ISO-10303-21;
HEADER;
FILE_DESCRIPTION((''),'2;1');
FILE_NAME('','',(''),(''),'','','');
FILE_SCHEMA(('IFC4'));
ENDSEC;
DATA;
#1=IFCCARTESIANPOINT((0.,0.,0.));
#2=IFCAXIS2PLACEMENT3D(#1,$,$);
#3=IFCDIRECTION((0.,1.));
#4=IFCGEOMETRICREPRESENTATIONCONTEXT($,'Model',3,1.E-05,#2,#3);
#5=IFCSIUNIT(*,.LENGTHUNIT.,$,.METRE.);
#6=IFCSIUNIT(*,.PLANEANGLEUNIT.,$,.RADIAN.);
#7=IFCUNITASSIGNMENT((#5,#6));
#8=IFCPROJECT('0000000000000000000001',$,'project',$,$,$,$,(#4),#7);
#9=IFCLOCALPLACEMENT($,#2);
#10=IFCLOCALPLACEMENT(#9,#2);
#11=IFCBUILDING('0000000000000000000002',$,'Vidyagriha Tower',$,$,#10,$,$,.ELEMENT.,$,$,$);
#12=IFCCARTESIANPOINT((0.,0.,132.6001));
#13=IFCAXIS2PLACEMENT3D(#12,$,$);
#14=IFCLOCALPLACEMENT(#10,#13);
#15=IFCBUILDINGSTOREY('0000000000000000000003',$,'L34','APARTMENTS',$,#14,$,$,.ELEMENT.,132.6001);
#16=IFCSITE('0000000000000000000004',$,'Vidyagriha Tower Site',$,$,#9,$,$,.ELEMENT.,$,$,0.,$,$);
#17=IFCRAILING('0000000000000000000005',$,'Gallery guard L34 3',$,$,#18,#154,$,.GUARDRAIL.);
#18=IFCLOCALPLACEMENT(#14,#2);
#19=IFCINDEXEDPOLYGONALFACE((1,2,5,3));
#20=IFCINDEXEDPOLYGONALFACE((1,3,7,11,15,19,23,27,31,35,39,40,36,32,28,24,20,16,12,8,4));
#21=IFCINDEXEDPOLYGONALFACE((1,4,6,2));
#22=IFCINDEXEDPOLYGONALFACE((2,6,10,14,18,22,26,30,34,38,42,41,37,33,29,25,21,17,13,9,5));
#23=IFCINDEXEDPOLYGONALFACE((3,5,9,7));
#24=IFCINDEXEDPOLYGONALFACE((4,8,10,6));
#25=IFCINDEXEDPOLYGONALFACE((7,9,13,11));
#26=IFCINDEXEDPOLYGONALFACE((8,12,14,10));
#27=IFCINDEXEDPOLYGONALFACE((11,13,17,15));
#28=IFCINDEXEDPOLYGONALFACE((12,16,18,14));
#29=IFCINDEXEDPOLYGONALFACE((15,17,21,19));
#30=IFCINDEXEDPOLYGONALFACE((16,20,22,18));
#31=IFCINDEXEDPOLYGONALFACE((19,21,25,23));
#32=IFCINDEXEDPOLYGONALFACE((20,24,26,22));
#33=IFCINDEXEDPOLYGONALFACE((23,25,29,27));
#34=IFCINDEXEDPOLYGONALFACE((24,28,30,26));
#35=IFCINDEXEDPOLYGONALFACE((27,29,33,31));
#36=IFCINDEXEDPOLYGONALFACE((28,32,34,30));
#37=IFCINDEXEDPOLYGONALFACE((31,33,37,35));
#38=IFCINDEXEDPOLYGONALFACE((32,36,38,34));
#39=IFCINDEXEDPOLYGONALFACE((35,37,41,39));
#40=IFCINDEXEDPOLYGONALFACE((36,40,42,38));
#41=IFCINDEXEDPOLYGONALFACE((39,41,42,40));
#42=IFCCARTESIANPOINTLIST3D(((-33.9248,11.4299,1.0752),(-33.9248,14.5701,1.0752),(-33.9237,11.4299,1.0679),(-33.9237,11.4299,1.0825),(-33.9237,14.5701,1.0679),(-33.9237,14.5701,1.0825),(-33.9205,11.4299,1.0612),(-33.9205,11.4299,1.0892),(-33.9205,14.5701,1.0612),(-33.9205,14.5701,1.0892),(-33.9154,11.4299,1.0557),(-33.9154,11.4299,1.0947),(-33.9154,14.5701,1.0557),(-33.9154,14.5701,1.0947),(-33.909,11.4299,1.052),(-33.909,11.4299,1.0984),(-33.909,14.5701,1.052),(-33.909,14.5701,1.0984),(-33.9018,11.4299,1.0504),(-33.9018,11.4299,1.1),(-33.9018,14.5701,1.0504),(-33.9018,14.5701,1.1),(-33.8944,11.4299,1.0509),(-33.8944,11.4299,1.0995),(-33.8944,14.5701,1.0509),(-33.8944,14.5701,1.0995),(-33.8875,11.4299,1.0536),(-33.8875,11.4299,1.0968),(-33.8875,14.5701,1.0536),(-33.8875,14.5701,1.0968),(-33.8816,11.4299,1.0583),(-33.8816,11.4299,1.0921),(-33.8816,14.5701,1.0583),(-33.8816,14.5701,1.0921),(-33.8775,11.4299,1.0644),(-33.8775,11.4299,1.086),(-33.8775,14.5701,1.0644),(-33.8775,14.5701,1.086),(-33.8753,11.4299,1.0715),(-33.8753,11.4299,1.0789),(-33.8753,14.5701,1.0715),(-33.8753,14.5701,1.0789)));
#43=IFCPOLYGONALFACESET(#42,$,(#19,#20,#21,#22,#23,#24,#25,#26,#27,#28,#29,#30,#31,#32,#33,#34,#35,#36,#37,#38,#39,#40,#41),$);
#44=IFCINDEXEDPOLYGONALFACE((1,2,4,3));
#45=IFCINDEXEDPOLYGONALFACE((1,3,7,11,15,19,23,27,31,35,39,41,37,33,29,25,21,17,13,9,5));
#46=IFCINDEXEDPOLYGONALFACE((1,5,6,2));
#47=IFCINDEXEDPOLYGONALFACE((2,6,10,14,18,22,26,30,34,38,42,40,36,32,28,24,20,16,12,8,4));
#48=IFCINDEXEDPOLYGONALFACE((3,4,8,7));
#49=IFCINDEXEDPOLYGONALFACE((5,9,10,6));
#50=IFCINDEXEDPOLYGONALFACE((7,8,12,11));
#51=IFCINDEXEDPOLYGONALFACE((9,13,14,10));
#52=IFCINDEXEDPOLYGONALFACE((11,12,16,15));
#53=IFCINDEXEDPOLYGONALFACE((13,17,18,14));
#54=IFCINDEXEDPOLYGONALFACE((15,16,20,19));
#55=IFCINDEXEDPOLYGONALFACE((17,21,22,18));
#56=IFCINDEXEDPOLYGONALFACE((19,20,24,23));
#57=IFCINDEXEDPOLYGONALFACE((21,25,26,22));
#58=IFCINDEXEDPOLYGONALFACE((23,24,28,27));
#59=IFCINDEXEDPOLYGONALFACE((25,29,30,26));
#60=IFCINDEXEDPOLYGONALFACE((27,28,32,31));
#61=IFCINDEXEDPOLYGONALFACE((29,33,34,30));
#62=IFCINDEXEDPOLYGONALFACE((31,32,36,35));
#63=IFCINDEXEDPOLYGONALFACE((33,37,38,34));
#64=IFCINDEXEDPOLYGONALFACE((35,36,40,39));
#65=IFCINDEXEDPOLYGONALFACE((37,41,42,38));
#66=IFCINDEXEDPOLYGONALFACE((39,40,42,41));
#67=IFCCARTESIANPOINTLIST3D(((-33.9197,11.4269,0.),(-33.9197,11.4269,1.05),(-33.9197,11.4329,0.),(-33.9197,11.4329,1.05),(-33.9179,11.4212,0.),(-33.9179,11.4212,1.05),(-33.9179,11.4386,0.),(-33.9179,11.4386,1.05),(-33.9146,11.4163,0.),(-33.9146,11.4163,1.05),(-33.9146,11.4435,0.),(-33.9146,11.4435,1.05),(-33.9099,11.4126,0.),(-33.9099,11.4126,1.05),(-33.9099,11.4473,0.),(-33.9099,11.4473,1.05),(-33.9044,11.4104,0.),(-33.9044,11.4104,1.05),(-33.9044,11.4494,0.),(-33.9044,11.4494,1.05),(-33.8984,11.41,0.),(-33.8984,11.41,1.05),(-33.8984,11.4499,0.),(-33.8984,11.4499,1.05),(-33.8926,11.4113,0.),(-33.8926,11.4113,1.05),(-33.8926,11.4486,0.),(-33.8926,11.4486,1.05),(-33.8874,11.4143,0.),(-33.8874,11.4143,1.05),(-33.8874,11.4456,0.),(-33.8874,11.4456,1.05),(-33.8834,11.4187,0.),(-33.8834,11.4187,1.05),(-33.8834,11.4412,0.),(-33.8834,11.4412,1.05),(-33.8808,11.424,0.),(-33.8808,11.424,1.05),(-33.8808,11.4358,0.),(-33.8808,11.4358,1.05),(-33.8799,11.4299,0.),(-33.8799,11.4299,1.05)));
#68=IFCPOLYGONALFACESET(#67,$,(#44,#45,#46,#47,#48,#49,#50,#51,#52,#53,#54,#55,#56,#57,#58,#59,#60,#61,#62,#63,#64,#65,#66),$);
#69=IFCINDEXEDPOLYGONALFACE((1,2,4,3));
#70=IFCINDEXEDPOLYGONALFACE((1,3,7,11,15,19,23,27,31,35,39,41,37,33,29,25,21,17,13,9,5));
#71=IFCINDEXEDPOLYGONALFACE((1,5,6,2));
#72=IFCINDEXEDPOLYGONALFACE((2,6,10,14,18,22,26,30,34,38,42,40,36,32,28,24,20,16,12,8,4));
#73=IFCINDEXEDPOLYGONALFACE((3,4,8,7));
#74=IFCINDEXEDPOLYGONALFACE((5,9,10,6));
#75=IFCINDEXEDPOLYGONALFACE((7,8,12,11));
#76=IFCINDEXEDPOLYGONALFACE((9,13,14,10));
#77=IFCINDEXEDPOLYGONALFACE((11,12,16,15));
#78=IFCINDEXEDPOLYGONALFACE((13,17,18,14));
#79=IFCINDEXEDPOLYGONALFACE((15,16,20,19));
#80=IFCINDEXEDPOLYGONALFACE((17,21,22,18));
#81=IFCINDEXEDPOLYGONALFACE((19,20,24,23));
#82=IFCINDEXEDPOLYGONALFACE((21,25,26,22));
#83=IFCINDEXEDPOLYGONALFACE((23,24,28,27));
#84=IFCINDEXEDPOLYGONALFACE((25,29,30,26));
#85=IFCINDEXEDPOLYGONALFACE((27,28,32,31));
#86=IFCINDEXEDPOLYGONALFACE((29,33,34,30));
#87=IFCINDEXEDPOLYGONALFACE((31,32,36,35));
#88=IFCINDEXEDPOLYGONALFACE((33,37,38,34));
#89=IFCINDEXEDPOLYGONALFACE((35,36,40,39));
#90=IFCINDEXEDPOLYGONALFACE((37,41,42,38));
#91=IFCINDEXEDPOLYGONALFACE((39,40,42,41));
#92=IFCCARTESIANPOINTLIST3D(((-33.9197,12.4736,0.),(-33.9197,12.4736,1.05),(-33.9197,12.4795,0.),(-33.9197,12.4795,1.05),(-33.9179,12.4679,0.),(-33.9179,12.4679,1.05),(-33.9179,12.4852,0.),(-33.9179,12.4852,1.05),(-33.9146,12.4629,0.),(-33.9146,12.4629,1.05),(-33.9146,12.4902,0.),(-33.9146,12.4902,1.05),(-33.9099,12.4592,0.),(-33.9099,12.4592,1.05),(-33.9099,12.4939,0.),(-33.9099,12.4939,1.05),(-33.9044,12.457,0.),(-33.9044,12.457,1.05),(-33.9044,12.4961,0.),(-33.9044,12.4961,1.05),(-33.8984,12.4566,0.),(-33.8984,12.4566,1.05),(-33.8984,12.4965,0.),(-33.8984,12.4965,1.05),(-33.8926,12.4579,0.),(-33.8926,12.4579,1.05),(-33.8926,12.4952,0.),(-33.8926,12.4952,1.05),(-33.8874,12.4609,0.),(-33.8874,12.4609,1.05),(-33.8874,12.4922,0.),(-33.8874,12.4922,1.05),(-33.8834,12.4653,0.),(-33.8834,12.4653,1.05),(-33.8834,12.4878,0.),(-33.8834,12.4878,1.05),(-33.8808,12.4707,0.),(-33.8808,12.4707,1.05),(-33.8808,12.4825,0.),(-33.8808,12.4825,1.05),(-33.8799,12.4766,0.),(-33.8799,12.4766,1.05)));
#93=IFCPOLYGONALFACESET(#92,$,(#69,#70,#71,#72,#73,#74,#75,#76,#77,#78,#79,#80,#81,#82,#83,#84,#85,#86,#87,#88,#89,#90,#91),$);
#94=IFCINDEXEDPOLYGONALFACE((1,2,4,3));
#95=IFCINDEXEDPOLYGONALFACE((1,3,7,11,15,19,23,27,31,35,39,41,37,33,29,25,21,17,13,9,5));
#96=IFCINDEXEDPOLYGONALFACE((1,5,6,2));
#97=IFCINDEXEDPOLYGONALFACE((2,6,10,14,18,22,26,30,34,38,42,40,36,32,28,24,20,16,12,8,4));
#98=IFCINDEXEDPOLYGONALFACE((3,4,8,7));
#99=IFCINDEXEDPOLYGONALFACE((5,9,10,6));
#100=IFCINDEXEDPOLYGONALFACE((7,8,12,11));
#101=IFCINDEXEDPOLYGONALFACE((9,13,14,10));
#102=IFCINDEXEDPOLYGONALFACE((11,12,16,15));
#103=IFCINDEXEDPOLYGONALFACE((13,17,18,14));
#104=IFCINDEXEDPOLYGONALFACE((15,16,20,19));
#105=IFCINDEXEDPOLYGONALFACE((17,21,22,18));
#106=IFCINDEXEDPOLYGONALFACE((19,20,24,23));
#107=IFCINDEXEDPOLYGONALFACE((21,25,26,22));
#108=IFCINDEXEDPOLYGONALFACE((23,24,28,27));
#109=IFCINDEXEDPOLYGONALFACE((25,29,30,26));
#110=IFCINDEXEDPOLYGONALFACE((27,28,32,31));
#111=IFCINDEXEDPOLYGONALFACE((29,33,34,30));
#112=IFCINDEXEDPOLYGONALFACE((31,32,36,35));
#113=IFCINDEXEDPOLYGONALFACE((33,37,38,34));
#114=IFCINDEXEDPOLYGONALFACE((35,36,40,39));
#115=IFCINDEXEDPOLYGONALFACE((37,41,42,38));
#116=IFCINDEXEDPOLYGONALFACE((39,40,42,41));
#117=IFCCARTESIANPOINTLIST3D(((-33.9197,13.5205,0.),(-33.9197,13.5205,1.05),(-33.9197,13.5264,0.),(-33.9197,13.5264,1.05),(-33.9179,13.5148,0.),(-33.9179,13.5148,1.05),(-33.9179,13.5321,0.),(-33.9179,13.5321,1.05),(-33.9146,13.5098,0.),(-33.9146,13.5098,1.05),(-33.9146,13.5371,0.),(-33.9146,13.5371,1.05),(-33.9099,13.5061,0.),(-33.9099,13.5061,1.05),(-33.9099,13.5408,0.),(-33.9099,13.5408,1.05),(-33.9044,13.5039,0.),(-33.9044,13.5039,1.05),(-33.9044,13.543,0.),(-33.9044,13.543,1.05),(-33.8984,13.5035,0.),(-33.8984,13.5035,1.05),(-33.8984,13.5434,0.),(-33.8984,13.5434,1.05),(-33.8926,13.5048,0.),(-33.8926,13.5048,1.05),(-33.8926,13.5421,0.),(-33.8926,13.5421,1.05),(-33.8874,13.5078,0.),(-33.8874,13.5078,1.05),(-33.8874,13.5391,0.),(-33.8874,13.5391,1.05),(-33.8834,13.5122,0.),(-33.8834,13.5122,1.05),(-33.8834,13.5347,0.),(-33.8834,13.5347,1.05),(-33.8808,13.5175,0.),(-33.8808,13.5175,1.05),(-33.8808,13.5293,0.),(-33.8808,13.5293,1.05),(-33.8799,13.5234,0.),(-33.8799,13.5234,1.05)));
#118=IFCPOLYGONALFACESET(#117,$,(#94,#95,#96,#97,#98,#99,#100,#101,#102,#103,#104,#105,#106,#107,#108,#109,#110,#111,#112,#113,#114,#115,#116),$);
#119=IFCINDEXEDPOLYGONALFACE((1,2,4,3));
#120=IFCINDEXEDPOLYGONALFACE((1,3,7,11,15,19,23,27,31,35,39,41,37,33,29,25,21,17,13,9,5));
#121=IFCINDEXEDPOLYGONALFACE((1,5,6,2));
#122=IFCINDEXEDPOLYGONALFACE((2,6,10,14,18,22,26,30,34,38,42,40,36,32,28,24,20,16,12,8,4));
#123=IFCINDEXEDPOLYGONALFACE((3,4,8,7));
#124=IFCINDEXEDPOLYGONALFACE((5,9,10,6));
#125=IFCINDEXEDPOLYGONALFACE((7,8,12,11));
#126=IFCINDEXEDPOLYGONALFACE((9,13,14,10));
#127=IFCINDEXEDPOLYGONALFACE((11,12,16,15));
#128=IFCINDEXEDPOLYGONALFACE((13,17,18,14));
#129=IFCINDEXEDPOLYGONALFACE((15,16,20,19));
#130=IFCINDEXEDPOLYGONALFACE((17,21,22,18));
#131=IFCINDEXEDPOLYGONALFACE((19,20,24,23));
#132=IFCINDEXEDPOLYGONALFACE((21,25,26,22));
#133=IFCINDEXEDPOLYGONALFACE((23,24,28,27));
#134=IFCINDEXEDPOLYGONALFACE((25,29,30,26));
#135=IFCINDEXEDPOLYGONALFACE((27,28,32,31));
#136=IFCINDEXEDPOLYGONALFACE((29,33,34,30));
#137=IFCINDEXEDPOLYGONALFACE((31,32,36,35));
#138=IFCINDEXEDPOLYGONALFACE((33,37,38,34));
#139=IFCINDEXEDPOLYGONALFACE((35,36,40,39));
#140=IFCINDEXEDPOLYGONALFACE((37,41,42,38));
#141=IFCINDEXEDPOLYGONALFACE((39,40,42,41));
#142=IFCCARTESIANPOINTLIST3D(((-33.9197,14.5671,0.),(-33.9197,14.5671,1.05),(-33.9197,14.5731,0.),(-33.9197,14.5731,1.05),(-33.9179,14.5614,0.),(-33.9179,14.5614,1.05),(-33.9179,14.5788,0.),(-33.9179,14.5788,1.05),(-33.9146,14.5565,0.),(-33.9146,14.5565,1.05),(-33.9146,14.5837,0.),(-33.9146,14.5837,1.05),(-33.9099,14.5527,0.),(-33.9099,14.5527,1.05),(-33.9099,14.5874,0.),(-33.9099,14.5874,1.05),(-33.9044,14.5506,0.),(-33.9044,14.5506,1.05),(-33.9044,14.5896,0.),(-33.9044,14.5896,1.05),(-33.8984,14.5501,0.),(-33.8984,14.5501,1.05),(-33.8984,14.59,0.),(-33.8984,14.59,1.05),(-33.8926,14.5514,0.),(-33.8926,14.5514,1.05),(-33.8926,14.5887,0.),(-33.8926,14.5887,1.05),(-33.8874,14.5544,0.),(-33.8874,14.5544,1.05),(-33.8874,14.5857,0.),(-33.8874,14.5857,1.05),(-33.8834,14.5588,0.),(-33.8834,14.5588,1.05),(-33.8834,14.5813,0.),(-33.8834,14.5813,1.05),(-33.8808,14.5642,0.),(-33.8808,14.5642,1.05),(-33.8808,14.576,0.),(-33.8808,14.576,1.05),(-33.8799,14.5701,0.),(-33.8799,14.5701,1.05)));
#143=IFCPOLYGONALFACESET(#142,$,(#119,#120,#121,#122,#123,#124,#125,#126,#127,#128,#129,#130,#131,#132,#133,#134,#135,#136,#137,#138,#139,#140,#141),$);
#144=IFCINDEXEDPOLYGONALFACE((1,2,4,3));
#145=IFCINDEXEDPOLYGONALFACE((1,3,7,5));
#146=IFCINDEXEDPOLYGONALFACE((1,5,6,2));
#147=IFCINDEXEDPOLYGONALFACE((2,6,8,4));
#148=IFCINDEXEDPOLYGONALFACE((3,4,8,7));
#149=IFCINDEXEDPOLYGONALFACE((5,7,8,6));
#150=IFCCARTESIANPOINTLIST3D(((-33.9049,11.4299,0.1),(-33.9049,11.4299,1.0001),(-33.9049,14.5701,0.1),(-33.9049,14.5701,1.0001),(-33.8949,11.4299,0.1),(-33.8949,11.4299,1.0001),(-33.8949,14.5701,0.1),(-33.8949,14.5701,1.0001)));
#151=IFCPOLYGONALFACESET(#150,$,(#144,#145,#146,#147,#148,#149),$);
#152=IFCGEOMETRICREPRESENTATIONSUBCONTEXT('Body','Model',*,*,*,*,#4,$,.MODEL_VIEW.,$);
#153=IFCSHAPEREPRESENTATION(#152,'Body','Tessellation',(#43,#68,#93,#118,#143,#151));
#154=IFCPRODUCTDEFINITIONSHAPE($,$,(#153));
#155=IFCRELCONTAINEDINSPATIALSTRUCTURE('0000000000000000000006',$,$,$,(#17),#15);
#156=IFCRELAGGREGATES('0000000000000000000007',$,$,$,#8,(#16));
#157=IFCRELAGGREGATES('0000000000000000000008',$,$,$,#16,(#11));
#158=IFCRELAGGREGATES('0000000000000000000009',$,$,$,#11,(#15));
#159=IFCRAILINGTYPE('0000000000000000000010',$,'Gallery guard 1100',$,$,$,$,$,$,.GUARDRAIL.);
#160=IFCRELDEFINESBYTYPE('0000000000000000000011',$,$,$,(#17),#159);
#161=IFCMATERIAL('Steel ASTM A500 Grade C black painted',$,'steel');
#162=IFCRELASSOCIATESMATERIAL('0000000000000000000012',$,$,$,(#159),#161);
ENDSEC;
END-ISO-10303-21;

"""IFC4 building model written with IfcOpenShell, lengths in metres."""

from ifc_helpers import new_model, si_unit, direction, frame, origin, origin_2d, place, context, subcontext, project, spatial, rectangle, circle, extrude, material, type_object, element, save


model = new_model("IFC4")

# Units and contexts
model_context = context("Model", 3, precision=1e-05, world=origin(), true_north=direction((0.0, 1.0)))
body_context = subcontext(model_context, "Body", "Model", "MODEL_VIEW")
ifc_project = project(units=[si_unit("LENGTHUNIT", "METRE"), si_unit("PLANEANGLEUNIT", "RADIAN")], contexts=[model_context])

# Site, building, storey
site_placement = place(None, origin())
site = spatial("IfcSite", under=ifc_project, at=site_placement, Name="Vidyagriha Tower Site", CompositionType="ELEMENT", RefElevation=0.0)
building_placement = place(site_placement, origin())
building = spatial("IfcBuilding", under=site, at=building_placement, Name="Vidyagriha Tower", CompositionType="ELEMENT")
storey_placement = place(building_placement, frame((0.0, 0.0, 132.6001)))
storey = spatial("IfcBuildingStorey", under=building, at=storey_placement, Name="L34", Description="APARTMENTS", CompositionType="ELEMENT", Elevation=132.6001)

# Railing
ifc_material_1 = material(Name="Steel ASTM A500 Grade C black painted", Category="steel")
railing_type = type_object("IfcRailingType", Name="Gallery guard 1100", PredefinedType="GUARDRAIL", material=ifc_material_1)
railing_1_placement = place(storey_placement, frame((-33.8999, 11.4299, 0.0)))
element("IfcRailing", 1, at=railing_1_placement, inside=storey, type_object=railing_type, Name="Gallery guard L34 3", PredefinedType="GUARDRAIL", context=body_context, shape_type="SweptSolid", body=[
    extrude(circle(Radius=0.0249, at=origin_2d()), frame((0.0, 0.0, 1.0752), z_axis=(0.0, 1.0, 0.0), x_axis=(-1.0, 0.0, 0.0)), (0.0, 0.0, 1.0), 3.1401),
    extrude(circle(Radius=0.02, at=origin_2d()), origin(), (0.0, 0.0, 1.0), 1.05),
    extrude(circle(Radius=0.02, at=origin_2d()), frame((0.0, 1.0466, 0.0)), (0.0, 0.0, 1.0), 1.05),
    extrude(circle(Radius=0.02, at=origin_2d()), frame((0.0, 2.0935, 0.0)), (0.0, 0.0, 1.0), 1.05),
    extrude(circle(Radius=0.02, at=origin_2d()), frame((0.0, 3.1401, 0.0)), (0.0, 0.0, 1.0), 1.05),
    extrude(rectangle(XDim=0.01, YDim=0.9001, at=origin_2d()), frame((0.0, 0.0, 0.55), z_axis=(0.0, 1.0, 0.0), x_axis=(-1.0, 0.0, 0.0)), (0.0, 0.0, 1.0), 3.1401),
])

save(model, "model.ifc")
